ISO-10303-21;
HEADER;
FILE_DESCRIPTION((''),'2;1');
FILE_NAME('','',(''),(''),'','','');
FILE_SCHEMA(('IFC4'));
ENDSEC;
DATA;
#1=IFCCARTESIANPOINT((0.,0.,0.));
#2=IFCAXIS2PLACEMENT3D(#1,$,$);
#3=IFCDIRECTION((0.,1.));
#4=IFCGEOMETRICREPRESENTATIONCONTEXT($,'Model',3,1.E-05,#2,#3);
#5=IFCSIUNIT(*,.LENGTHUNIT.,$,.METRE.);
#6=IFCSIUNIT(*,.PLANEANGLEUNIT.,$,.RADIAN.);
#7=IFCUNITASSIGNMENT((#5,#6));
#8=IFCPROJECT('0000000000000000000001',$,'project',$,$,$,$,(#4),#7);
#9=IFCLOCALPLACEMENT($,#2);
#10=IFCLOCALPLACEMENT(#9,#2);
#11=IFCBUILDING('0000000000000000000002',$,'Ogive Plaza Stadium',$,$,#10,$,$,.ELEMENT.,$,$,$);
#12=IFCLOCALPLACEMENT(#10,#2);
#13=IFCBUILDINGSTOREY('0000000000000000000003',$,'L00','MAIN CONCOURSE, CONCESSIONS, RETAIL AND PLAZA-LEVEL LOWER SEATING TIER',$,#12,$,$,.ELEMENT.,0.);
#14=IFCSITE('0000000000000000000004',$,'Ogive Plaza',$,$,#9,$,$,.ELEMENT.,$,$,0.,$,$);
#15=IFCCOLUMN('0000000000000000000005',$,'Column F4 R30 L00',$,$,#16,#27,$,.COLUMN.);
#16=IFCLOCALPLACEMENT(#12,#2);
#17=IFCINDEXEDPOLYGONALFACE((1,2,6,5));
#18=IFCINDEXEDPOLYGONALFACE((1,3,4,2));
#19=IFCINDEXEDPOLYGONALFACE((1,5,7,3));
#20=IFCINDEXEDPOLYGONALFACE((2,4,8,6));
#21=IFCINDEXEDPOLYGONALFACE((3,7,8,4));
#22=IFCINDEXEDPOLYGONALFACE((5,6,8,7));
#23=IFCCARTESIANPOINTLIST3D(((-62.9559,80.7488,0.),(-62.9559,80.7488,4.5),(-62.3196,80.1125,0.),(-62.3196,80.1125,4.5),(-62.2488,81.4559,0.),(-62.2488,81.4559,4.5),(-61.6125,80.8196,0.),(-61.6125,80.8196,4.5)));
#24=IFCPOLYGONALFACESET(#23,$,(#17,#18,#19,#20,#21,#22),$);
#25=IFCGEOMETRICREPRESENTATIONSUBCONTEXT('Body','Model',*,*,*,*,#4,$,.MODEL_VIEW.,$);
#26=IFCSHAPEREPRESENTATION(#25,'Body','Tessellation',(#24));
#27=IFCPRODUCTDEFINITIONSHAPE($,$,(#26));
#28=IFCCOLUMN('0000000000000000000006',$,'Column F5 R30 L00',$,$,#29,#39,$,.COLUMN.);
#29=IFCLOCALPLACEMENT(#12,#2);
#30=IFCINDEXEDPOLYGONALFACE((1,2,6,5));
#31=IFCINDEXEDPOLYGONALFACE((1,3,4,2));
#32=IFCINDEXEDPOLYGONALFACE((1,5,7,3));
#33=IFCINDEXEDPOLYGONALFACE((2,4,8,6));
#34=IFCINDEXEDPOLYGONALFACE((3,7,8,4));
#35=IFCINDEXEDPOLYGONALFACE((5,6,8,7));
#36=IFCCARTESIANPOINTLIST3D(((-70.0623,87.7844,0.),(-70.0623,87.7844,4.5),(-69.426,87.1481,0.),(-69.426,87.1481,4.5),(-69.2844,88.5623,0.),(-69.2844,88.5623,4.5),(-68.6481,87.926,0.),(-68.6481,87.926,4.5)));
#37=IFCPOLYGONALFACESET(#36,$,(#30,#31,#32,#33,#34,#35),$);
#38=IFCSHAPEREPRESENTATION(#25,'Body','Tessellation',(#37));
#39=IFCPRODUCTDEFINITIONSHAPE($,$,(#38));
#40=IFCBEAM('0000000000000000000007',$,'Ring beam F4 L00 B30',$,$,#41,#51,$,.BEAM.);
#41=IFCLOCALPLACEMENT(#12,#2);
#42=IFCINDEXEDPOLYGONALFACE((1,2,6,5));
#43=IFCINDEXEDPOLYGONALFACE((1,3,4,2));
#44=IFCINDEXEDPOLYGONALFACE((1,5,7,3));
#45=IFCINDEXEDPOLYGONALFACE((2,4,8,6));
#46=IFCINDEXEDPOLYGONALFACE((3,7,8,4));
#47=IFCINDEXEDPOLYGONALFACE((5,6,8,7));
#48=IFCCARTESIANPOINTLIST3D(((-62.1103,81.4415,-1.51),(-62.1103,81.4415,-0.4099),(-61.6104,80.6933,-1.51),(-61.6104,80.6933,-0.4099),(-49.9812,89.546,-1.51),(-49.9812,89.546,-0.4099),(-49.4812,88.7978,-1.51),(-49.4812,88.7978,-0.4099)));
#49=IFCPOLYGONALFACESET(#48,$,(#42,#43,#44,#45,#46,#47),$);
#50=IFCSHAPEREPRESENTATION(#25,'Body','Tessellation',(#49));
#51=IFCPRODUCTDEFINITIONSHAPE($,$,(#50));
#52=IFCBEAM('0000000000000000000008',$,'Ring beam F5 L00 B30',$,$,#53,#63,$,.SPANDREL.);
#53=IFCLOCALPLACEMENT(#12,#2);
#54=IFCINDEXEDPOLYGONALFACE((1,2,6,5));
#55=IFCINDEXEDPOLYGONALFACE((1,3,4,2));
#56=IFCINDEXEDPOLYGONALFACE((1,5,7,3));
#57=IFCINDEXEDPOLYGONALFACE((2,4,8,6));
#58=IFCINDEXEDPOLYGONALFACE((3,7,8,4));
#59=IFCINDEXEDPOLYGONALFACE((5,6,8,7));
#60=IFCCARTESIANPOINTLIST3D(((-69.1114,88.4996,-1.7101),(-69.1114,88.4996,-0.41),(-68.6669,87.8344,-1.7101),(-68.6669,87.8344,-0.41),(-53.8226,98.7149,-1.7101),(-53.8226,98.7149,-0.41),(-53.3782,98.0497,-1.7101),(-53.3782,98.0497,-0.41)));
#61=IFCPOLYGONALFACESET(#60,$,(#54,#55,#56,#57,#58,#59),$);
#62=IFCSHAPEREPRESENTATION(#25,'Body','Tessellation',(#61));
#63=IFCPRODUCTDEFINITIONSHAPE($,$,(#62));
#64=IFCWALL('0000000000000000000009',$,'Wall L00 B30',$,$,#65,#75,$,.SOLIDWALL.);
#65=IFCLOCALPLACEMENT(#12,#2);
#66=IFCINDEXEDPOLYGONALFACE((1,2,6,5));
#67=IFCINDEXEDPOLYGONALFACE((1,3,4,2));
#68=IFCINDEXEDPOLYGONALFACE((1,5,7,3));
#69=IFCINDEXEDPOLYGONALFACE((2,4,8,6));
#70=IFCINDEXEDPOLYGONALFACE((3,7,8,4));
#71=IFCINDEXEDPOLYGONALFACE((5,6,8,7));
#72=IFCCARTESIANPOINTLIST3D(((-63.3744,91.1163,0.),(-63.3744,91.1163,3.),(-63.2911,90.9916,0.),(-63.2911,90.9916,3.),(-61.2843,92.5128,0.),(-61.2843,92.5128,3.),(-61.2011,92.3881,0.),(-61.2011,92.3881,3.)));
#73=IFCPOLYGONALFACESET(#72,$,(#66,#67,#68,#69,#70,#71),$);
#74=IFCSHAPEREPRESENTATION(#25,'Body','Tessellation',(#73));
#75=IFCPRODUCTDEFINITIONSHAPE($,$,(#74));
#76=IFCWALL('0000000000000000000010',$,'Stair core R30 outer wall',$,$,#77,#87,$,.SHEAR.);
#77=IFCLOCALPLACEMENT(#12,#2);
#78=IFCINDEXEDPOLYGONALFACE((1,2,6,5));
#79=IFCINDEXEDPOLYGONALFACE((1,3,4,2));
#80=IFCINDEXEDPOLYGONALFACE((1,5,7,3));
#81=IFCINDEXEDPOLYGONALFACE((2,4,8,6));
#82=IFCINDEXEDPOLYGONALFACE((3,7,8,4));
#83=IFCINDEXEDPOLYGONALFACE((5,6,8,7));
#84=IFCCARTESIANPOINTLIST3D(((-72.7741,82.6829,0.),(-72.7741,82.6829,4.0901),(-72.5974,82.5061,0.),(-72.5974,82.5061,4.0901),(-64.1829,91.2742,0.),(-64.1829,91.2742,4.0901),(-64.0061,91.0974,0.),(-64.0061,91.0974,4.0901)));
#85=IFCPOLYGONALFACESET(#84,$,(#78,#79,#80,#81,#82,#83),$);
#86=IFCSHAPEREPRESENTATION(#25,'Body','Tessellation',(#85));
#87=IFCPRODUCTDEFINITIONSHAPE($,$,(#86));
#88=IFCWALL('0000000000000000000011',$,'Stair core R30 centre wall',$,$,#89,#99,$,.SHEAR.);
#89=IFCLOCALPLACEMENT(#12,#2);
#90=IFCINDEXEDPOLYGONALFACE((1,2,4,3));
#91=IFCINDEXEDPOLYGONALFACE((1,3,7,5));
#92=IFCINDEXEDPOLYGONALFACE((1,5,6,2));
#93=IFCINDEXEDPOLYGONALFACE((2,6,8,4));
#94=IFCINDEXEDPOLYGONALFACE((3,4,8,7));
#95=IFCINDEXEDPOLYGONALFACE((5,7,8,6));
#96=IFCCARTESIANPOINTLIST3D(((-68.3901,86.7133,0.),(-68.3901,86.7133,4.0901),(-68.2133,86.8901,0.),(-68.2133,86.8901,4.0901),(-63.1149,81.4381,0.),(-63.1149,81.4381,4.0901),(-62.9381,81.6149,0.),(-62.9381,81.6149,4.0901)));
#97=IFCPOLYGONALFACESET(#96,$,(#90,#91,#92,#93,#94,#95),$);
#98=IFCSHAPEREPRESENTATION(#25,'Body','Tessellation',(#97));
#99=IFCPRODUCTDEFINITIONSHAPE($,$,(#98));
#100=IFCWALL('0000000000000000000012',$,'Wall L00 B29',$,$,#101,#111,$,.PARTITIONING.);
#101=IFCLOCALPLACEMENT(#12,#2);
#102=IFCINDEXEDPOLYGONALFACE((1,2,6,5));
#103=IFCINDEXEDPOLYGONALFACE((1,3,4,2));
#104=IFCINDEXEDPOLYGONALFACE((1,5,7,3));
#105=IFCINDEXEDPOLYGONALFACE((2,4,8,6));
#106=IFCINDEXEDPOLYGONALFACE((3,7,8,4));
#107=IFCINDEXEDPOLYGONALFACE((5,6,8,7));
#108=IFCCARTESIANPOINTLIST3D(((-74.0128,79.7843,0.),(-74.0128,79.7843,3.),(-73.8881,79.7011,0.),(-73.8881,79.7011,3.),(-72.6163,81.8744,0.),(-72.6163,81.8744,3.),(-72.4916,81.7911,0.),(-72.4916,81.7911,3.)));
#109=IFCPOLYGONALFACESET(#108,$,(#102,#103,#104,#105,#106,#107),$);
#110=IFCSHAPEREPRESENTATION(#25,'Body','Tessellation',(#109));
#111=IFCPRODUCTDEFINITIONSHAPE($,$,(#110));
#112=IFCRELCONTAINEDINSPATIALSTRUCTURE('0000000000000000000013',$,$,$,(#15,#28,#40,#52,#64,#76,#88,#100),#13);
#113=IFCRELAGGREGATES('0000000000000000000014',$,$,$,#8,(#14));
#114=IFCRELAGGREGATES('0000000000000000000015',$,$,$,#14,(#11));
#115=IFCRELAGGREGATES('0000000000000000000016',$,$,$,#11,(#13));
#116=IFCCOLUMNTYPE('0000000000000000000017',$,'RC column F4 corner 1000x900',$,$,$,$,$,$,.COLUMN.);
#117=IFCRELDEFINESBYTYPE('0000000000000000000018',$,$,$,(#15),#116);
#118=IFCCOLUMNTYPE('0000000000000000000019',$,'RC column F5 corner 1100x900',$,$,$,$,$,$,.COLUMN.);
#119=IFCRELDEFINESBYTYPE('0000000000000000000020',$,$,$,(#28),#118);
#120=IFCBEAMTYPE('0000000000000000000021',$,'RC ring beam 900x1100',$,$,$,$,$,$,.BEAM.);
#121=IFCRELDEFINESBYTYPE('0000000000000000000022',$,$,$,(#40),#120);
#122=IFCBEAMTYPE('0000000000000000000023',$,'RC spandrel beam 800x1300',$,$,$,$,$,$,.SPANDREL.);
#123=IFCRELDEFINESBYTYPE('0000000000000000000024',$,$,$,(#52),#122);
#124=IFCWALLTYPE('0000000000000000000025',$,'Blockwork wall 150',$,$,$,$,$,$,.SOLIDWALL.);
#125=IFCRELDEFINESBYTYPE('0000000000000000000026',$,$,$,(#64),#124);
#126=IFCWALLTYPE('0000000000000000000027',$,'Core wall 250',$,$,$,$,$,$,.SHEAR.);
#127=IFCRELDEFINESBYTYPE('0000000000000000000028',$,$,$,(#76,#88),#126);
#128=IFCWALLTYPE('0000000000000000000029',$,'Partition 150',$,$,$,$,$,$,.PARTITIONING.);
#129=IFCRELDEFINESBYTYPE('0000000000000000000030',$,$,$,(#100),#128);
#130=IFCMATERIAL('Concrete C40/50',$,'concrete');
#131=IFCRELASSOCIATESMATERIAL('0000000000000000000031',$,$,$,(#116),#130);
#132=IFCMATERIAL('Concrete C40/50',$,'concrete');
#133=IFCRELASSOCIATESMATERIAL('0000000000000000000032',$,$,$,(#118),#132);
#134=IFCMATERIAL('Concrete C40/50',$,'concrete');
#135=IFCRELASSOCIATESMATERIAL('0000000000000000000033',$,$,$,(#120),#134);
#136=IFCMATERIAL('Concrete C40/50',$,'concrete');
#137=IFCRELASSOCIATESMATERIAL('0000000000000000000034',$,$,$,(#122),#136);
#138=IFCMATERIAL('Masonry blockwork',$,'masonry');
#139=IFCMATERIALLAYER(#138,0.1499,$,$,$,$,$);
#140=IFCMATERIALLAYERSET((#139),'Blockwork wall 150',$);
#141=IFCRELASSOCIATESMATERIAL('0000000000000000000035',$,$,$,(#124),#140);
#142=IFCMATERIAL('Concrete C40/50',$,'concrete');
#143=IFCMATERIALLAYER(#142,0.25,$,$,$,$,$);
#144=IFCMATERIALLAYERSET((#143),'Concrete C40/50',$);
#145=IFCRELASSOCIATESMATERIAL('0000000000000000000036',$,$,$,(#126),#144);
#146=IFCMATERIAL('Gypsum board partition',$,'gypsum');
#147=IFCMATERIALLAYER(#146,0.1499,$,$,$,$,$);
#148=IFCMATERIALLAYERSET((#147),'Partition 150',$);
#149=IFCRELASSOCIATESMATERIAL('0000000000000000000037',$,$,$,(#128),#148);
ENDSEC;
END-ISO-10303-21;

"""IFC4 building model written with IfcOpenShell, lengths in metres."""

from ifc_helpers import new_model, si_unit, direction, frame, frame_2d, origin, origin_2d, place, context, subcontext, project, spatial, rectangle, extrude, material, layer, layer_set, material_profile, profile_set, type_object, element, save


model = new_model("IFC4")

# Units and contexts
model_context = context("Model", 3, precision=1e-05, world=origin(), true_north=direction((0.0, 1.0)))
body_context = subcontext(model_context, "Body", "Model", "MODEL_VIEW")
ifc_project = project(units=[si_unit("LENGTHUNIT", "METRE"), si_unit("PLANEANGLEUNIT", "RADIAN")], contexts=[model_context])

# Site, building, storey
site_placement = place(None, origin())
site = spatial("IfcSite", under=ifc_project, at=site_placement, Name="Ogive Plaza", CompositionType="ELEMENT", RefElevation=0.0)
building_placement = place(site_placement, origin())
building = spatial("IfcBuilding", under=site, at=building_placement, Name="Ogive Plaza Stadium", CompositionType="ELEMENT")
storey_placement = place(building_placement, origin())
storey = spatial("IfcBuildingStorey", under=building, at=storey_placement, Name="L00", Description="MAIN CONCOURSE, CONCESSIONS, RETAIL AND PLAZA-LEVEL LOWER SEATING TIER", CompositionType="ELEMENT", Elevation=0.0)

# Columns
ifc_material_1 = material(Name="Concrete C40/50", Category="concrete")
ifc_material_profile_1 = material_profile(ifc_material_1, rectangle(XDim=1.0, YDim=0.8999, at=origin_2d()), Name="RC 1000x900")
ifc_profile_set_1 = profile_set([ifc_material_profile_1], Name="Concrete C40/50")
column_type_1 = type_object("IfcColumnType", Name="RC column F4 corner 1000x900", PredefinedType="COLUMN", material=ifc_profile_set_1)
column_1_placement = place(storey_placement, frame((-62.2842, 80.7842, 0.0), z_axis=(0.0, 0.0, 1.0), x_axis=(-0.707107, -0.707107, 0.0)))
element("IfcColumn", 1, at=column_1_placement, inside=storey, type_object=column_type_1, Name="Column F4 R30 L00", PredefinedType="COLUMN", context=body_context, shape_type="SweptSolid", body=[
    extrude(rectangle(XDim=1.0, YDim=0.8999, at=origin_2d()), origin(), (0.0, 0.0, 1.0), 4.5),
])
ifc_material_2 = material(Name="Concrete C40/50", Category="concrete")
ifc_material_profile_2 = material_profile(ifc_material_2, rectangle(XDim=1.1001, YDim=0.8999, at=origin_2d()), Name="RC 1100x900")
ifc_profile_set_2 = profile_set([ifc_material_profile_2], Name="Concrete C40/50")
column_type_2 = type_object("IfcColumnType", Name="RC column F5 corner 1100x900", PredefinedType="COLUMN", material=ifc_profile_set_2)
column_2_placement = place(storey_placement, frame((-69.3552, 87.8552, 0.0), z_axis=(0.0, 0.0, 1.0), x_axis=(-0.707107, -0.707107, 0.0)))
element("IfcColumn", 2, at=column_2_placement, inside=storey, type_object=column_type_2, Name="Column F5 R30 L00", PredefinedType="COLUMN", context=body_context, shape_type="SweptSolid", body=[
    extrude(rectangle(XDim=1.1001, YDim=0.8999, at=origin_2d()), origin(), (0.0, 0.0, 1.0), 4.5),
])

# Beams
ifc_material_3 = material(Name="Concrete C40/50", Category="concrete")
ifc_material_profile_3 = material_profile(ifc_material_3, rectangle(XDim=0.8999, YDim=1.1001, at=origin_2d()), Name="RC 900x1100")
ifc_profile_set_3 = profile_set([ifc_material_profile_3], Name="Concrete C40/50")
beam_type_1 = type_object("IfcBeamType", Name="RC ring beam 900x1100", PredefinedType="BEAM", material=ifc_profile_set_3)
beam_1_placement = place(storey_placement, frame((-61.8604, 81.0674, -0.96), z_axis=(0.831468, 0.555573, 0.0), x_axis=(-0.555573, 0.831468, 0.0)))
element("IfcBeam", 3, at=beam_1_placement, inside=storey, type_object=beam_type_1, Name="Ring beam F4 L00 B30", PredefinedType="BEAM", context=body_context, shape_type="SweptSolid", body=[
    extrude(rectangle(XDim=0.8999, YDim=1.1001, at=origin_2d()), origin(), (0.0, 0.0, 1.0), 14.5876),
])
ifc_material_4 = material(Name="Concrete C40/50", Category="concrete")
ifc_material_profile_4 = material_profile(ifc_material_4, rectangle(XDim=0.8, YDim=1.3, at=origin_2d()), Name="RC 800x1300")
ifc_profile_set_4 = profile_set([ifc_material_profile_4], Name="Concrete C40/50")
beam_type_2 = type_object("IfcBeamType", Name="RC spandrel beam 800x1300", PredefinedType="SPANDREL", material=ifc_profile_set_4)
beam_2_placement = place(storey_placement, frame((-68.8892, 88.167, -1.0601), z_axis=(0.831478, 0.555558, 0.0), x_axis=(-0.555558, 0.831478, 0.0)))
element("IfcBeam", 4, at=beam_2_placement, inside=storey, type_object=beam_type_2, Name="Ring beam F5 L00 B30", PredefinedType="SPANDREL", context=body_context, shape_type="SweptSolid", body=[
    extrude(rectangle(XDim=0.8, YDim=1.3, at=origin_2d()), origin(), (0.0, 0.0, 1.0), 18.3875),
])

# Walls
ifc_material_5 = material(Name="Masonry blockwork", Category="masonry")
ifc_layer_1 = layer(ifc_material_5, 0.1499)
ifc_layer_set_1 = layer_set([ifc_layer_1], Name="Blockwork wall 150")
wall_type_1 = type_object("IfcWallType", Name="Blockwork wall 150", PredefinedType="SOLIDWALL", material=ifc_layer_set_1)
wall_1_placement = place(storey_placement, frame((-63.3328, 91.054, 0.0), z_axis=(0.0, 0.0, 1.0), x_axis=(0.831482, 0.555552, 0.0)))
element("IfcWall", 5, at=wall_1_placement, inside=storey, type_object=wall_type_1, Name="Wall L00 B30", PredefinedType="SOLIDWALL", context=body_context, shape_type="SweptSolid", body=[
    extrude(rectangle(XDim=2.5137, YDim=0.1499, at=frame_2d((1.2568, 0.0))), origin(), (0.0, 0.0, 1.0), 3.0),
])
ifc_material_6 = material(Name="Concrete C40/50", Category="concrete")
ifc_layer_2 = layer(ifc_material_6, 0.25)
ifc_layer_set_2 = layer_set([ifc_layer_2], Name="Concrete C40/50")
wall_type_2 = type_object("IfcWallType", Name="Core wall 250", PredefinedType="SHEAR", material=ifc_layer_set_2)
wall_2_placement = place(storey_placement, frame((-64.0945, 91.1858, 0.0), z_axis=(0.0, 0.0, 1.0), x_axis=(-0.707107, -0.707107, 0.0)))
element("IfcWall", 6, at=wall_2_placement, inside=storey, type_object=wall_type_2, Name="Stair core R30 outer wall", PredefinedType="SHEAR", context=body_context, shape_type="SweptSolid", body=[
    extrude(rectangle(XDim=12.1499, YDim=0.25, at=frame_2d((6.075, 0.0))), origin(), (0.0, 0.0, 1.0), 4.0901),
])
wall_3_placement = place(storey_placement, frame((-63.0266, 81.5266, 0.0), z_axis=(0.0, 0.0, 1.0), x_axis=(-0.707107, 0.707107, 0.0)))
element("IfcWall", 7, at=wall_3_placement, inside=storey, type_object=wall_type_2, Name="Stair core R30 centre wall", PredefinedType="SHEAR", context=body_context, shape_type="SweptSolid", body=[
    extrude(rectangle(XDim=7.4602, YDim=0.25, at=frame_2d((3.73, 0.0))), origin(), (0.0, 0.0, 1.0), 4.0901),
])
ifc_material_7 = material(Name="Gypsum board partition", Category="gypsum")
ifc_layer_3 = layer(ifc_material_7, 0.1499)
ifc_layer_set_3 = layer_set([ifc_layer_3], Name="Partition 150")
wall_type_3 = type_object("IfcWallType", Name="Partition 150", PredefinedType="PARTITIONING", material=ifc_layer_set_3)
wall_4_placement = place(storey_placement, frame((-72.554, 81.8328, 0.0), z_axis=(0.0, 0.0, 1.0), x_axis=(-0.555552, -0.831482, 0.0)))
element("IfcWall", 8, at=wall_4_placement, inside=storey, type_object=wall_type_3, Name="Wall L00 B29", PredefinedType="PARTITIONING", context=body_context, shape_type="SweptSolid", body=[
    extrude(rectangle(XDim=2.5137, YDim=0.1499, at=frame_2d((1.2568, 0.0))), origin(), (0.0, 0.0, 1.0), 3.0),
])

save(model, "model.ifc")
